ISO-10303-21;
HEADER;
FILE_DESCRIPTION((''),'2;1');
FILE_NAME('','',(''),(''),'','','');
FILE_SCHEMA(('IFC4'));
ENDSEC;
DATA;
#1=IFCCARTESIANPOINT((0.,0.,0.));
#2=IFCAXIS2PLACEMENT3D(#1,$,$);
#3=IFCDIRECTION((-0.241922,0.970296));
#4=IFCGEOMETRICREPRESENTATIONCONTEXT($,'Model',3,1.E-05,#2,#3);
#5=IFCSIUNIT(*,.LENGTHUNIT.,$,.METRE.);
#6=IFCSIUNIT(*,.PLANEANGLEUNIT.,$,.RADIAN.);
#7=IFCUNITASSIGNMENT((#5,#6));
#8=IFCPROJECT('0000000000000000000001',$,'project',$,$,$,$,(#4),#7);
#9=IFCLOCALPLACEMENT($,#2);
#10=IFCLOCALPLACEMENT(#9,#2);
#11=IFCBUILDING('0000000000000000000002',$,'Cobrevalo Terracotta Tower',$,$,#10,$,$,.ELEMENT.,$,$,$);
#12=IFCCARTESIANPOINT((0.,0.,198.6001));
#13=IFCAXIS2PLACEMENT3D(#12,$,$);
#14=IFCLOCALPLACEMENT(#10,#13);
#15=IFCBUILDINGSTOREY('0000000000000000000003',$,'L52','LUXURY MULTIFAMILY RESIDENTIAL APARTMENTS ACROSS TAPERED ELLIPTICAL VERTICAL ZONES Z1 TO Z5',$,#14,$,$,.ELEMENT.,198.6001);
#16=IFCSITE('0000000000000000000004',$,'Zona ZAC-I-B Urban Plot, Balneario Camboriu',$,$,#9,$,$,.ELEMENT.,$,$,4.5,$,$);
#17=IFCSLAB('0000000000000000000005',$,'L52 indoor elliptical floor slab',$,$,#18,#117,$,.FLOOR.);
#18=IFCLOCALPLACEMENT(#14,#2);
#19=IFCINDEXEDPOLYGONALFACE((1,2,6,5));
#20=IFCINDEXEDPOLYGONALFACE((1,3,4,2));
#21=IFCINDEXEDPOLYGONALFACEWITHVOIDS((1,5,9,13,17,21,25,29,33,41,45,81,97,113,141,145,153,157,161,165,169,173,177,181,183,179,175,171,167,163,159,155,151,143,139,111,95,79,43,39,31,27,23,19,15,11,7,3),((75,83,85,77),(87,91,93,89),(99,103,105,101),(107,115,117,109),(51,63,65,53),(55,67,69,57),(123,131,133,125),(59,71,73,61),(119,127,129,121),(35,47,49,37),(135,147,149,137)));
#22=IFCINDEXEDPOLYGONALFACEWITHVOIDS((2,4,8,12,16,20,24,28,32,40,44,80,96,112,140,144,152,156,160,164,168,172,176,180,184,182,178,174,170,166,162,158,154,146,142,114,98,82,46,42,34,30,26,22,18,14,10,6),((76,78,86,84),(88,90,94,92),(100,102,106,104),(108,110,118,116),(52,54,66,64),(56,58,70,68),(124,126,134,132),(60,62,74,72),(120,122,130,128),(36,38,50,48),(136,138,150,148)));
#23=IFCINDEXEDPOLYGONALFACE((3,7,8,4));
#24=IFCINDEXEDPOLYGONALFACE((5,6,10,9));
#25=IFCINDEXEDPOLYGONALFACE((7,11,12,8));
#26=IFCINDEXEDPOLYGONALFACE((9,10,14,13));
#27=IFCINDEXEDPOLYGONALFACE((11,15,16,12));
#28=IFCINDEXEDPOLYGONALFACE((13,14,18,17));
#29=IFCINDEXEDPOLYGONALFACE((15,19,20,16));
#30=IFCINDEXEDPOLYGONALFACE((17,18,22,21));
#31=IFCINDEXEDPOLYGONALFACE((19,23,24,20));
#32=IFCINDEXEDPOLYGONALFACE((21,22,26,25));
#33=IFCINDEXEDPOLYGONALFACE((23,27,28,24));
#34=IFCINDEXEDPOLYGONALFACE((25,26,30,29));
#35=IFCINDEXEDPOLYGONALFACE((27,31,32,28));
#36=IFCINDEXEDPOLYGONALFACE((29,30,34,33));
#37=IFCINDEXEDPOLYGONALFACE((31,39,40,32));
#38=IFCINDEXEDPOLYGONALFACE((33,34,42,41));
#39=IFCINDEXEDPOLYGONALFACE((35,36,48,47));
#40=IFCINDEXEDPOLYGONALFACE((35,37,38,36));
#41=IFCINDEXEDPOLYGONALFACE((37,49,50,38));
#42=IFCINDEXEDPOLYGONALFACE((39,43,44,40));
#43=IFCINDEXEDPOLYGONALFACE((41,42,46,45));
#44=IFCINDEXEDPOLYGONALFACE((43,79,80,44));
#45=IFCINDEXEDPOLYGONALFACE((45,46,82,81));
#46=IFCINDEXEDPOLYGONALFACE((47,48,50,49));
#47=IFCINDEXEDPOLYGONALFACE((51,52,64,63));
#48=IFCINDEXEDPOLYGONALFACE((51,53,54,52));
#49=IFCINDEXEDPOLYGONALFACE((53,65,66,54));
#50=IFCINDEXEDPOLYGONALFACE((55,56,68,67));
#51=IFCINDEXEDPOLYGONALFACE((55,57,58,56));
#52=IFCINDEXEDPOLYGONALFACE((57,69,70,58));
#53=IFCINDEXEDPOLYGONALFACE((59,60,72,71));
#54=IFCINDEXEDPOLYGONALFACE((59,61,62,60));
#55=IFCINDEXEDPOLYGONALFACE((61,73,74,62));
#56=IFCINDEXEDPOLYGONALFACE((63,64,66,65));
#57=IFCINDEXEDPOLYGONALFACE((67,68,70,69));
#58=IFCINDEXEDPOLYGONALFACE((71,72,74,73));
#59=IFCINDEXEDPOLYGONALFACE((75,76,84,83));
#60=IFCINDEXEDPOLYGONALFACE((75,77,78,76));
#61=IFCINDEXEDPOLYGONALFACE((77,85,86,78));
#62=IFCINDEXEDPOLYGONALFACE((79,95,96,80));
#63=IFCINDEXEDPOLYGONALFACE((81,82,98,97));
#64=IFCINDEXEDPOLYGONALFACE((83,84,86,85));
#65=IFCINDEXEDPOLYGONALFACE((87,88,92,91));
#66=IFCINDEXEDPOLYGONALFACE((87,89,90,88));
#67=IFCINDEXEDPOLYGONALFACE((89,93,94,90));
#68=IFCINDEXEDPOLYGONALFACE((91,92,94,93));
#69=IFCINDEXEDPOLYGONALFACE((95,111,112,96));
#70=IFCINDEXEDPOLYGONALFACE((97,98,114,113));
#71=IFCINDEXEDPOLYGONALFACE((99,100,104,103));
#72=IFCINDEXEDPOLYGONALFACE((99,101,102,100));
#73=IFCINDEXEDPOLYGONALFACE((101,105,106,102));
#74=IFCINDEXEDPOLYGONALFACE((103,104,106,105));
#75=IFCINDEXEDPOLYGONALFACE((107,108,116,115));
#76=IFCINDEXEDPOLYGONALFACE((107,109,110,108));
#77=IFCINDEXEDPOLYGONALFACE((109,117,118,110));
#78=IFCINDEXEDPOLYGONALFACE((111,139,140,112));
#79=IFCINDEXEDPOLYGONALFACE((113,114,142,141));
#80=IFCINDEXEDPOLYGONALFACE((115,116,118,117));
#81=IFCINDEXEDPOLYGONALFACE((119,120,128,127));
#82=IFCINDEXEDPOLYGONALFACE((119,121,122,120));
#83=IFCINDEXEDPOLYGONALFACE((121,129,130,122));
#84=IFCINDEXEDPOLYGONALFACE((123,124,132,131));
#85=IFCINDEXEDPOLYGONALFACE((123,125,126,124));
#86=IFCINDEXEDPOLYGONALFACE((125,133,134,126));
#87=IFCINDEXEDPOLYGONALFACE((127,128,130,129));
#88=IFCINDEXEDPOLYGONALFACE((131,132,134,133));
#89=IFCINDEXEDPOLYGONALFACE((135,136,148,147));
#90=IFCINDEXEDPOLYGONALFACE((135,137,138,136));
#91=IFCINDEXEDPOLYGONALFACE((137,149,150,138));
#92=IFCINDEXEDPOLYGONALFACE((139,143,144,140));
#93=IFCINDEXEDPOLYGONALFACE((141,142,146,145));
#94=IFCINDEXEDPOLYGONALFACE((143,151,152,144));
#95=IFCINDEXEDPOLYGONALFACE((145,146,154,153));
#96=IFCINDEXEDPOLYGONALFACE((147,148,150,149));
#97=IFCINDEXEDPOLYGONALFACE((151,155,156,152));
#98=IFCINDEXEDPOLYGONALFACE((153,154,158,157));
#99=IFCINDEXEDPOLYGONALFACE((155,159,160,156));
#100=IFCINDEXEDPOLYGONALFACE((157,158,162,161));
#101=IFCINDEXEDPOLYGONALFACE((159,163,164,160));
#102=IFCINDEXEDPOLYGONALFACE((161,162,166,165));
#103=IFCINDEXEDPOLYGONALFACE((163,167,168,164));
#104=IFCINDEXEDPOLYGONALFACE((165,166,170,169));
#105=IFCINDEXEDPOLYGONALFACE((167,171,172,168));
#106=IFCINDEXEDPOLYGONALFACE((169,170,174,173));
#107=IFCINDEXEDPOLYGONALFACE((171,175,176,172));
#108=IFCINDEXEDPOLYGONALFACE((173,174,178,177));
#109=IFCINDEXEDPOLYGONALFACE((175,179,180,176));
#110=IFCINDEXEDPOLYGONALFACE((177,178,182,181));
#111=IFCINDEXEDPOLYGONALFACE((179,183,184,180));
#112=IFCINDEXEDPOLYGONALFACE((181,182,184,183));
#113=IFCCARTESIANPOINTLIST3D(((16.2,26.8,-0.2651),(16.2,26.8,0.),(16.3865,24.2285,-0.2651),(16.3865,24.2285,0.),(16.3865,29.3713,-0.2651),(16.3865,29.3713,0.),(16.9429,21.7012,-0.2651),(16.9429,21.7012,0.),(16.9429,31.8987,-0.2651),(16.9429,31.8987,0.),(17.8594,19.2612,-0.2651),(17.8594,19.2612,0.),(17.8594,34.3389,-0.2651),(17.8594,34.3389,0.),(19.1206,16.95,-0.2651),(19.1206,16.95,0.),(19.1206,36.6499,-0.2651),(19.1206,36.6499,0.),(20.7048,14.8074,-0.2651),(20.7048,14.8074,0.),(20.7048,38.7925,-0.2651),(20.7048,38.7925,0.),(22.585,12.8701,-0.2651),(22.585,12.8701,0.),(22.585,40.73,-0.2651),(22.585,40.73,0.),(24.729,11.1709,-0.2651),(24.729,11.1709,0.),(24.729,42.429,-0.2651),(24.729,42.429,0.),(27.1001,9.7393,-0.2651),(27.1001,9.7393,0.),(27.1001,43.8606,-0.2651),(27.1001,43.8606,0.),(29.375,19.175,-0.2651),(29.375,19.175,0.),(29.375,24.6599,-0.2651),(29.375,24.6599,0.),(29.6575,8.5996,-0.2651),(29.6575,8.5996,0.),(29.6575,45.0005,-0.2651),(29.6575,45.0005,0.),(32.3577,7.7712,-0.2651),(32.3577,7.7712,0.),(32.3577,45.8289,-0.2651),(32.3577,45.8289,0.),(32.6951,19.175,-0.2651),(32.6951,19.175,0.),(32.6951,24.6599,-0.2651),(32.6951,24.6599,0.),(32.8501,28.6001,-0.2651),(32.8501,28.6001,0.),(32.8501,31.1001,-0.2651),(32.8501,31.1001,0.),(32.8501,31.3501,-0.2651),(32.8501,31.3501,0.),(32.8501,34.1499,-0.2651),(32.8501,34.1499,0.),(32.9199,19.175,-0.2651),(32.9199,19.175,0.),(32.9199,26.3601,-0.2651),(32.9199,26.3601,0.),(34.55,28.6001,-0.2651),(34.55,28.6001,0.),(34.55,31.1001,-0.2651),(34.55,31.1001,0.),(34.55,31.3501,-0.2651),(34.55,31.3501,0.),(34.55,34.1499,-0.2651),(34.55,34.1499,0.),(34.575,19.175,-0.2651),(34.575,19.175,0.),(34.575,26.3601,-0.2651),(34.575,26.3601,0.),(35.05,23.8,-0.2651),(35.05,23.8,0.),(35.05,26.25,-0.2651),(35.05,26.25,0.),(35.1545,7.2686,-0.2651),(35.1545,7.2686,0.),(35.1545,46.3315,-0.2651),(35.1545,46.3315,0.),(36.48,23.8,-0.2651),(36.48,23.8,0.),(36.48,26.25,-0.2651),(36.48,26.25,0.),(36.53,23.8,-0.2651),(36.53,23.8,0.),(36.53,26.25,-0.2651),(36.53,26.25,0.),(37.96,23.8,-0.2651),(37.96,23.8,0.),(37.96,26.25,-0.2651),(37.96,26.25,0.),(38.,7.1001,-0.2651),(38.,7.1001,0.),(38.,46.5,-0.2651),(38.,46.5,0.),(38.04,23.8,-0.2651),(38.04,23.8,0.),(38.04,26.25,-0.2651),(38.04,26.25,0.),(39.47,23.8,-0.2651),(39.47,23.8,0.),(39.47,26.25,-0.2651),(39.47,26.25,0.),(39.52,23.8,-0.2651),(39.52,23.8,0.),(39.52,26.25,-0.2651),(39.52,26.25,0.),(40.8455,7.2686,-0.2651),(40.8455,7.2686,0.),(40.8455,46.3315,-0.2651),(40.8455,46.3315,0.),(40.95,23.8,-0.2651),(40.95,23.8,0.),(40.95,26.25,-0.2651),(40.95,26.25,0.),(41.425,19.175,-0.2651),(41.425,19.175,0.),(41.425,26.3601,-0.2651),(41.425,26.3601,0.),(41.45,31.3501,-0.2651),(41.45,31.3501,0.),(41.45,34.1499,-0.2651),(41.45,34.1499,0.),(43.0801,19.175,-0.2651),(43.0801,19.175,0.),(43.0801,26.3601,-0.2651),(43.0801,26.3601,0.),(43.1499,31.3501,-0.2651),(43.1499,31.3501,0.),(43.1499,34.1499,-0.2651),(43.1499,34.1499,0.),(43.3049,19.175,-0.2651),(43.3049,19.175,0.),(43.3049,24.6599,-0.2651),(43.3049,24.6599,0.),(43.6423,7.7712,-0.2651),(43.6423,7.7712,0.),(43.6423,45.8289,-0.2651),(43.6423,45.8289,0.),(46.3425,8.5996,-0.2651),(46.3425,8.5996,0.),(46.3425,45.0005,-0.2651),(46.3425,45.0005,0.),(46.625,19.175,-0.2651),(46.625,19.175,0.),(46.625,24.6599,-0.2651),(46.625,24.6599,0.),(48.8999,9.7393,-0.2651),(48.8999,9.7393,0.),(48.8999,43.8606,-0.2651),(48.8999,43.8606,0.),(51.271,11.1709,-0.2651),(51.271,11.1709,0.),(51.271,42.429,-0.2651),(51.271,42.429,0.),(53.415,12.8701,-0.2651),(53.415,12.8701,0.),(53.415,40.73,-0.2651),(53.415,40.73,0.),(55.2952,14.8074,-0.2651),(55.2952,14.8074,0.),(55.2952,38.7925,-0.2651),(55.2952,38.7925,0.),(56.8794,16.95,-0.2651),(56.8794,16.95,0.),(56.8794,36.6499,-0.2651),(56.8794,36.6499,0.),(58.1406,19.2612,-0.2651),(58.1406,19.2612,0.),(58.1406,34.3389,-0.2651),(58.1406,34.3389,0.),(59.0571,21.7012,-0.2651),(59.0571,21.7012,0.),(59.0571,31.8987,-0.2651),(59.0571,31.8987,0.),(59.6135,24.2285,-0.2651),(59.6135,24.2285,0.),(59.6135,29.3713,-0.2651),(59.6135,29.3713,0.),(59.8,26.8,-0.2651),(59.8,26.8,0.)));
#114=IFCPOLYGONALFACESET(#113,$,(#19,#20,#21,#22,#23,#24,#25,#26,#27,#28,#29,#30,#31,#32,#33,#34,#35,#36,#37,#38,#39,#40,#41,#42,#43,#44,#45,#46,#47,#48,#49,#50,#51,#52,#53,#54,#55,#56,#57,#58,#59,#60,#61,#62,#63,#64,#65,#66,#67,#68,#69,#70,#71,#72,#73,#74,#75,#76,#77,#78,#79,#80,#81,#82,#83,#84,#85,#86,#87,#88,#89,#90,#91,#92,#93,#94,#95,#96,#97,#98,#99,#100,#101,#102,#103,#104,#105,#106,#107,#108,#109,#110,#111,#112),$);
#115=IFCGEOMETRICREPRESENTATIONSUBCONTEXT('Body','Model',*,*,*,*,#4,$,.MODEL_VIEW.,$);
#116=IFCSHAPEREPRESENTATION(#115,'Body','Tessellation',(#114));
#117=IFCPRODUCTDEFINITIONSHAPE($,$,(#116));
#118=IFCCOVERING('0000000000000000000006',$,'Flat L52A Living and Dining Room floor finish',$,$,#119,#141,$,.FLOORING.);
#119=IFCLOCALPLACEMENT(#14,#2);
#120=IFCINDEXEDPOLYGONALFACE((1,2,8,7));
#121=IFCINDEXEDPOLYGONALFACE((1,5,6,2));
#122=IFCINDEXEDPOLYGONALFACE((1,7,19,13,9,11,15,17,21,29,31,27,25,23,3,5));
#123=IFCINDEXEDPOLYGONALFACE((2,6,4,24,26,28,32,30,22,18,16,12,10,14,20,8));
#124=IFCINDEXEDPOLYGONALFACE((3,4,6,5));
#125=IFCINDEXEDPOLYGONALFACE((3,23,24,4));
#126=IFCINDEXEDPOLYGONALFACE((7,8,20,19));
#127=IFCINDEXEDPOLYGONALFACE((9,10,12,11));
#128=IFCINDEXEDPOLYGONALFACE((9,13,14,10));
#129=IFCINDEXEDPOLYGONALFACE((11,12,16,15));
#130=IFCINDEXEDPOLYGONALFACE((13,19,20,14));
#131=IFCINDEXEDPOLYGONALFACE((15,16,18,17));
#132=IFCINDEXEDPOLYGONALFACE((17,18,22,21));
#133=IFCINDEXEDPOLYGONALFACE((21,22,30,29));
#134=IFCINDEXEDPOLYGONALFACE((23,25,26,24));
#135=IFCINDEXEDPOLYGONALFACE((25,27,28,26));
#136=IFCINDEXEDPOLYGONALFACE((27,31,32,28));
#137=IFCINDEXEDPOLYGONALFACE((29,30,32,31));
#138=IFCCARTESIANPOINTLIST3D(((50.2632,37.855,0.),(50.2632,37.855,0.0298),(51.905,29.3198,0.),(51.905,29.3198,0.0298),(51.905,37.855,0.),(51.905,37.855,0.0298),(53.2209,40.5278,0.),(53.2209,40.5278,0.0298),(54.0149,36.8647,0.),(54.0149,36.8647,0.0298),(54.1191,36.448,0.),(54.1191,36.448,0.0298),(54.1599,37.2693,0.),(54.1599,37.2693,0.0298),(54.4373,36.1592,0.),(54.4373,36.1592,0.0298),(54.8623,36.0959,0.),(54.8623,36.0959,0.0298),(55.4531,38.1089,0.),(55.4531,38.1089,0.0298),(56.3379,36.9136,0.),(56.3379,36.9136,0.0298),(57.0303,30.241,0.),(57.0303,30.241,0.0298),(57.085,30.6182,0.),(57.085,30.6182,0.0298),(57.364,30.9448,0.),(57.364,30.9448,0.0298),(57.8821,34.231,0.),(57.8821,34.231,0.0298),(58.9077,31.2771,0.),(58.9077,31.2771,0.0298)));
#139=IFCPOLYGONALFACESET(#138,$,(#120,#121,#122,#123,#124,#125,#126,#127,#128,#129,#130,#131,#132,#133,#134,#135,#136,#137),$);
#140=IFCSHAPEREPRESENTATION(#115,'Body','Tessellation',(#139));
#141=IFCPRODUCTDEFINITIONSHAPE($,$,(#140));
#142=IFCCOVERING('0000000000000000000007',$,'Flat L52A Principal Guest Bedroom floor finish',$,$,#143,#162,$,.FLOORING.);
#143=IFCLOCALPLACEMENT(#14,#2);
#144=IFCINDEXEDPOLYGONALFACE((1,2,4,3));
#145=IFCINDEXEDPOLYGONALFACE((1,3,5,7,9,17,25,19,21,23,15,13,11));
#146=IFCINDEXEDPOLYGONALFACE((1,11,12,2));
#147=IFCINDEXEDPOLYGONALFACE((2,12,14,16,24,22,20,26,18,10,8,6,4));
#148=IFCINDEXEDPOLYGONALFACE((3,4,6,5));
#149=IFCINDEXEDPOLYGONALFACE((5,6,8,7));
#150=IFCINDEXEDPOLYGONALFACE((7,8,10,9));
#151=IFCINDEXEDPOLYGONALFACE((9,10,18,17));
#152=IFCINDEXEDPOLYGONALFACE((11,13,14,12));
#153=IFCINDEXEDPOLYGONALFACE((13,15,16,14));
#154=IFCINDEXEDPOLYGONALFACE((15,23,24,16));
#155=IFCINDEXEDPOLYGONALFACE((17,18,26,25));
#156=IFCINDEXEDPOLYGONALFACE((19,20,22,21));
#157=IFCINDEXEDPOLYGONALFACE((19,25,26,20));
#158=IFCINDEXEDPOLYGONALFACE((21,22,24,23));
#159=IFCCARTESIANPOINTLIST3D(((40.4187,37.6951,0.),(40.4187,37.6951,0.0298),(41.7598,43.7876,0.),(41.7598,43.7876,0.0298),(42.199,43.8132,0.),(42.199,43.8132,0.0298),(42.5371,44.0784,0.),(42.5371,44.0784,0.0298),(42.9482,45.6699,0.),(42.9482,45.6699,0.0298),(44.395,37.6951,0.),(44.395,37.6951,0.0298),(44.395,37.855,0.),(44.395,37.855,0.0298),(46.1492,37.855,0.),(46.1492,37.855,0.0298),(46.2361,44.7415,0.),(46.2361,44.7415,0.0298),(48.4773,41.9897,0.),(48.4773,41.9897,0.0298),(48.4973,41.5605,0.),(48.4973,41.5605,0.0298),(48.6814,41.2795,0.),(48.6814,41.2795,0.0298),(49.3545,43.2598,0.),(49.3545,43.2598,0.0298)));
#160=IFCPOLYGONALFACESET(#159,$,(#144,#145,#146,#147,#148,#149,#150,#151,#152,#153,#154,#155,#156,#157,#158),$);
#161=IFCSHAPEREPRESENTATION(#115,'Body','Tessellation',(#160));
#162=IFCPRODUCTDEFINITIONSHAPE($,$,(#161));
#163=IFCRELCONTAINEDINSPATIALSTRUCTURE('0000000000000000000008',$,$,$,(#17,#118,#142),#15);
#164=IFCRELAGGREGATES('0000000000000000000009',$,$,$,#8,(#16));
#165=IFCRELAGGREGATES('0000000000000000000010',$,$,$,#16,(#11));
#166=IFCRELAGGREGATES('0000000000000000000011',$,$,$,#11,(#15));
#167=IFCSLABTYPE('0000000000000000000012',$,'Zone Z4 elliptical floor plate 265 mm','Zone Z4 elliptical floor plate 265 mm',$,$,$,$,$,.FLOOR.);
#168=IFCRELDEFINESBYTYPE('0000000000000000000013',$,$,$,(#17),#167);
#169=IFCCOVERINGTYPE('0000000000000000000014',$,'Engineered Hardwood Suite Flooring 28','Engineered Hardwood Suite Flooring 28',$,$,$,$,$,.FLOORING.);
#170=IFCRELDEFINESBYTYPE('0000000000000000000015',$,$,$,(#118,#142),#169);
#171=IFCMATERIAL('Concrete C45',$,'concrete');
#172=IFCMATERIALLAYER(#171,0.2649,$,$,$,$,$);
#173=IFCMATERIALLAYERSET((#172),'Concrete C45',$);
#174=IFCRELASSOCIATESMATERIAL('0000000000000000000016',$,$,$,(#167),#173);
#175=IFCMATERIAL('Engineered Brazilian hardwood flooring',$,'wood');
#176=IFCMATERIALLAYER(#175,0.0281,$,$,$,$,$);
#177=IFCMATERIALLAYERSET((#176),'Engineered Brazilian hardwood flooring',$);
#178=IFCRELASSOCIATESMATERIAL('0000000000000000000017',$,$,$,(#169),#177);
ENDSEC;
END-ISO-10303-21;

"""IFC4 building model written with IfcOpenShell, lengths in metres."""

from ifc_helpers import new_model, si_unit, direction, frame, origin, place, context, subcontext, project, spatial, polyline, outline, extrude, material, layer, layer_set, type_object, element, save


model = new_model("IFC4")

# Units and contexts
model_context = context("Model", 3, precision=1e-05, world=origin(), true_north=direction((-0.241922, 0.970296)))
body_context = subcontext(model_context, "Body", "Model", "MODEL_VIEW")
ifc_project = project(units=[si_unit("LENGTHUNIT", "METRE"), si_unit("PLANEANGLEUNIT", "RADIAN")], contexts=[model_context])

# Site, building, storey
site_placement = place(None, origin())
site = spatial("IfcSite", under=ifc_project, at=site_placement, Name="Zona ZAC-I-B Urban Plot, Balneario Camboriu", CompositionType="ELEMENT", RefElevation=4.5)
building_placement = place(site_placement, origin())
building = spatial("IfcBuilding", under=site, at=building_placement, Name="Cobrevalo Terracotta Tower", CompositionType="ELEMENT")
storey_placement = place(building_placement, frame((0.0, 0.0, 198.6001)))
storey = spatial("IfcBuildingStorey", under=building, at=storey_placement, Name="L52", Description="LUXURY MULTIFAMILY RESIDENTIAL APARTMENTS ACROSS TAPERED ELLIPTICAL VERTICAL ZONES Z1 TO Z5", CompositionType="ELEMENT", Elevation=198.6001)

# Slab
ifc_material_1 = material(Name="Concrete C45", Category="concrete")
ifc_layer_1 = layer(ifc_material_1, 0.2649)
ifc_layer_set_1 = layer_set([ifc_layer_1], Name="Concrete C45")
slab_type_1 = type_object("IfcSlabType", Name="Zone Z4 elliptical floor plate 265 mm", Description="Zone Z4 elliptical floor plate 265 mm", PredefinedType="FLOOR", material=ifc_layer_set_1)
slab_1_placement = place(storey_placement, frame((0.0, 0.0, -0.2651)))
element("IfcSlab", 1, at=slab_1_placement, inside=storey, type_object=slab_type_1, Name="L52 indoor elliptical floor slab", PredefinedType="FLOOR", context=body_context, shape_type="SweptSolid", body=[
    extrude(outline(polyline([(59.6135, 24.2285), (59.0571, 21.7012), (58.1406, 19.2612), (56.8794, 16.95), (55.2952, 14.8074), (53.415, 12.8701), (51.271, 11.1709), (48.8999, 9.7393), (46.3425, 8.5996), (43.6423, 7.7712), (40.8455, 7.2686), (38.0, 7.1001), (35.1545, 7.2686), (32.3577, 7.7712), (29.6575, 8.5996), (27.1001, 9.7393), (24.729, 11.1709), (22.585, 12.8701), (20.7048, 14.8074), (19.1206, 16.95), (17.8594, 19.2612), (16.9429, 21.7012), (16.3865, 24.2285), (16.2, 26.8), (16.3865, 29.3713), (16.9429, 31.8987), (17.8594, 34.3389), (19.1206, 36.6499), (20.7048, 38.7925), (22.585, 40.73), (24.729, 42.429), (27.1001, 43.8606), (29.6575, 45.0005), (32.3577, 45.8289), (35.1545, 46.3315), (38.0, 46.5), (40.8455, 46.3315), (43.6423, 45.8289), (46.3425, 45.0005), (48.8999, 43.8606), (51.271, 42.429), (53.415, 40.73), (55.2952, 38.7925), (56.8794, 36.6499), (58.1406, 34.3389), (59.0571, 31.8987), (59.6135, 29.3713), (59.8, 26.8), (59.6135, 24.2285)]), holes=[polyline([(32.6951, 19.175), (32.6951, 24.6599), (29.375, 24.6599), (29.375, 19.175), (32.6951, 19.175)]), polyline([(34.575, 26.3601), (32.9199, 26.3601), (32.9199, 19.175), (34.575, 19.175), (34.575, 26.3601)]), polyline([(36.48, 26.25), (35.05, 26.25), (35.05, 23.8), (36.48, 23.8), (36.48, 26.25)]), polyline([(37.96, 23.8), (37.96, 26.25), (36.53, 26.25), (36.53, 23.8), (37.96, 23.8)]), polyline([(34.55, 28.6001), (34.55, 31.1001), (32.8501, 31.1001), (32.8501, 28.6001), (34.55, 28.6001)]), polyline([(34.55, 34.1499), (32.8501, 34.1499), (32.8501, 31.3501), (34.55, 31.3501), (34.55, 34.1499)]), polyline([(43.3049, 19.175), (46.625, 19.175), (46.625, 24.6599), (43.3049, 24.6599), (43.3049, 19.175)]), polyline([(43.0801, 19.175), (43.0801, 26.3601), (41.425, 26.3601), (41.425, 19.175), (43.0801, 19.175)]), polyline([(39.47, 26.25), (38.04, 26.25), (38.04, 23.8), (39.47, 23.8), (39.47, 26.25)]), polyline([(40.95, 23.8), (40.95, 26.25), (39.52, 26.25), (39.52, 23.8), (40.95, 23.8)]), polyline([(43.1499, 31.3501), (43.1499, 34.1499), (41.45, 34.1499), (41.45, 31.3501), (43.1499, 31.3501)])]), origin(), (0.0, 0.0, 1.0), 0.2651),
])

# Coverings
ifc_material_2 = material(Name="Engineered Brazilian hardwood flooring", Category="wood")
ifc_layer_2 = layer(ifc_material_2, 0.0281)
ifc_layer_set_2 = layer_set([ifc_layer_2], Name="Engineered Brazilian hardwood flooring")
covering_type_1 = type_object("IfcCoveringType", Name="Engineered Hardwood Suite Flooring 28", Description="Engineered Hardwood Suite Flooring 28", PredefinedType="FLOORING", material=ifc_layer_set_2)
covering_1_placement = place(storey_placement, origin())
element("IfcCovering", 2, at=covering_1_placement, inside=storey, type_object=covering_type_1, Name="Flat L52A Living and Dining Room floor finish", PredefinedType="FLOORING", context=body_context, shape_type="SweptSolid", body=[
    extrude(outline(polyline([(53.2209, 40.5278), (55.4531, 38.1089), (54.1599, 37.2693), (54.0149, 36.8647), (54.1191, 36.448), (54.4373, 36.1592), (54.8623, 36.0959), (56.3379, 36.9136), (57.8821, 34.231), (58.9077, 31.2771), (57.364, 30.9448), (57.085, 30.6182), (57.0303, 30.241), (51.905, 29.3198), (51.905, 37.855), (50.2632, 37.855), (53.2209, 40.5278)])), origin(), (0.0, 0.0, 1.0), 0.0298),
])
covering_2_placement = place(storey_placement, origin())
element("IfcCovering", 3, at=covering_2_placement, inside=storey, type_object=covering_type_1, Name="Flat L52A Principal Guest Bedroom floor finish", PredefinedType="FLOORING", context=body_context, shape_type="SweptSolid", body=[
    extrude(outline(polyline([(46.2361, 44.7415), (49.3545, 43.2598), (48.4773, 41.9897), (48.4973, 41.5605), (48.6814, 41.2795), (46.1492, 37.855), (44.395, 37.855), (44.395, 37.6951), (40.4187, 37.6951), (41.7598, 43.7876), (42.199, 43.8132), (42.5371, 44.0784), (42.9482, 45.6699), (46.2361, 44.7415)])), origin(), (0.0, 0.0, 1.0), 0.0298),
])

save(model, "model.ifc")
